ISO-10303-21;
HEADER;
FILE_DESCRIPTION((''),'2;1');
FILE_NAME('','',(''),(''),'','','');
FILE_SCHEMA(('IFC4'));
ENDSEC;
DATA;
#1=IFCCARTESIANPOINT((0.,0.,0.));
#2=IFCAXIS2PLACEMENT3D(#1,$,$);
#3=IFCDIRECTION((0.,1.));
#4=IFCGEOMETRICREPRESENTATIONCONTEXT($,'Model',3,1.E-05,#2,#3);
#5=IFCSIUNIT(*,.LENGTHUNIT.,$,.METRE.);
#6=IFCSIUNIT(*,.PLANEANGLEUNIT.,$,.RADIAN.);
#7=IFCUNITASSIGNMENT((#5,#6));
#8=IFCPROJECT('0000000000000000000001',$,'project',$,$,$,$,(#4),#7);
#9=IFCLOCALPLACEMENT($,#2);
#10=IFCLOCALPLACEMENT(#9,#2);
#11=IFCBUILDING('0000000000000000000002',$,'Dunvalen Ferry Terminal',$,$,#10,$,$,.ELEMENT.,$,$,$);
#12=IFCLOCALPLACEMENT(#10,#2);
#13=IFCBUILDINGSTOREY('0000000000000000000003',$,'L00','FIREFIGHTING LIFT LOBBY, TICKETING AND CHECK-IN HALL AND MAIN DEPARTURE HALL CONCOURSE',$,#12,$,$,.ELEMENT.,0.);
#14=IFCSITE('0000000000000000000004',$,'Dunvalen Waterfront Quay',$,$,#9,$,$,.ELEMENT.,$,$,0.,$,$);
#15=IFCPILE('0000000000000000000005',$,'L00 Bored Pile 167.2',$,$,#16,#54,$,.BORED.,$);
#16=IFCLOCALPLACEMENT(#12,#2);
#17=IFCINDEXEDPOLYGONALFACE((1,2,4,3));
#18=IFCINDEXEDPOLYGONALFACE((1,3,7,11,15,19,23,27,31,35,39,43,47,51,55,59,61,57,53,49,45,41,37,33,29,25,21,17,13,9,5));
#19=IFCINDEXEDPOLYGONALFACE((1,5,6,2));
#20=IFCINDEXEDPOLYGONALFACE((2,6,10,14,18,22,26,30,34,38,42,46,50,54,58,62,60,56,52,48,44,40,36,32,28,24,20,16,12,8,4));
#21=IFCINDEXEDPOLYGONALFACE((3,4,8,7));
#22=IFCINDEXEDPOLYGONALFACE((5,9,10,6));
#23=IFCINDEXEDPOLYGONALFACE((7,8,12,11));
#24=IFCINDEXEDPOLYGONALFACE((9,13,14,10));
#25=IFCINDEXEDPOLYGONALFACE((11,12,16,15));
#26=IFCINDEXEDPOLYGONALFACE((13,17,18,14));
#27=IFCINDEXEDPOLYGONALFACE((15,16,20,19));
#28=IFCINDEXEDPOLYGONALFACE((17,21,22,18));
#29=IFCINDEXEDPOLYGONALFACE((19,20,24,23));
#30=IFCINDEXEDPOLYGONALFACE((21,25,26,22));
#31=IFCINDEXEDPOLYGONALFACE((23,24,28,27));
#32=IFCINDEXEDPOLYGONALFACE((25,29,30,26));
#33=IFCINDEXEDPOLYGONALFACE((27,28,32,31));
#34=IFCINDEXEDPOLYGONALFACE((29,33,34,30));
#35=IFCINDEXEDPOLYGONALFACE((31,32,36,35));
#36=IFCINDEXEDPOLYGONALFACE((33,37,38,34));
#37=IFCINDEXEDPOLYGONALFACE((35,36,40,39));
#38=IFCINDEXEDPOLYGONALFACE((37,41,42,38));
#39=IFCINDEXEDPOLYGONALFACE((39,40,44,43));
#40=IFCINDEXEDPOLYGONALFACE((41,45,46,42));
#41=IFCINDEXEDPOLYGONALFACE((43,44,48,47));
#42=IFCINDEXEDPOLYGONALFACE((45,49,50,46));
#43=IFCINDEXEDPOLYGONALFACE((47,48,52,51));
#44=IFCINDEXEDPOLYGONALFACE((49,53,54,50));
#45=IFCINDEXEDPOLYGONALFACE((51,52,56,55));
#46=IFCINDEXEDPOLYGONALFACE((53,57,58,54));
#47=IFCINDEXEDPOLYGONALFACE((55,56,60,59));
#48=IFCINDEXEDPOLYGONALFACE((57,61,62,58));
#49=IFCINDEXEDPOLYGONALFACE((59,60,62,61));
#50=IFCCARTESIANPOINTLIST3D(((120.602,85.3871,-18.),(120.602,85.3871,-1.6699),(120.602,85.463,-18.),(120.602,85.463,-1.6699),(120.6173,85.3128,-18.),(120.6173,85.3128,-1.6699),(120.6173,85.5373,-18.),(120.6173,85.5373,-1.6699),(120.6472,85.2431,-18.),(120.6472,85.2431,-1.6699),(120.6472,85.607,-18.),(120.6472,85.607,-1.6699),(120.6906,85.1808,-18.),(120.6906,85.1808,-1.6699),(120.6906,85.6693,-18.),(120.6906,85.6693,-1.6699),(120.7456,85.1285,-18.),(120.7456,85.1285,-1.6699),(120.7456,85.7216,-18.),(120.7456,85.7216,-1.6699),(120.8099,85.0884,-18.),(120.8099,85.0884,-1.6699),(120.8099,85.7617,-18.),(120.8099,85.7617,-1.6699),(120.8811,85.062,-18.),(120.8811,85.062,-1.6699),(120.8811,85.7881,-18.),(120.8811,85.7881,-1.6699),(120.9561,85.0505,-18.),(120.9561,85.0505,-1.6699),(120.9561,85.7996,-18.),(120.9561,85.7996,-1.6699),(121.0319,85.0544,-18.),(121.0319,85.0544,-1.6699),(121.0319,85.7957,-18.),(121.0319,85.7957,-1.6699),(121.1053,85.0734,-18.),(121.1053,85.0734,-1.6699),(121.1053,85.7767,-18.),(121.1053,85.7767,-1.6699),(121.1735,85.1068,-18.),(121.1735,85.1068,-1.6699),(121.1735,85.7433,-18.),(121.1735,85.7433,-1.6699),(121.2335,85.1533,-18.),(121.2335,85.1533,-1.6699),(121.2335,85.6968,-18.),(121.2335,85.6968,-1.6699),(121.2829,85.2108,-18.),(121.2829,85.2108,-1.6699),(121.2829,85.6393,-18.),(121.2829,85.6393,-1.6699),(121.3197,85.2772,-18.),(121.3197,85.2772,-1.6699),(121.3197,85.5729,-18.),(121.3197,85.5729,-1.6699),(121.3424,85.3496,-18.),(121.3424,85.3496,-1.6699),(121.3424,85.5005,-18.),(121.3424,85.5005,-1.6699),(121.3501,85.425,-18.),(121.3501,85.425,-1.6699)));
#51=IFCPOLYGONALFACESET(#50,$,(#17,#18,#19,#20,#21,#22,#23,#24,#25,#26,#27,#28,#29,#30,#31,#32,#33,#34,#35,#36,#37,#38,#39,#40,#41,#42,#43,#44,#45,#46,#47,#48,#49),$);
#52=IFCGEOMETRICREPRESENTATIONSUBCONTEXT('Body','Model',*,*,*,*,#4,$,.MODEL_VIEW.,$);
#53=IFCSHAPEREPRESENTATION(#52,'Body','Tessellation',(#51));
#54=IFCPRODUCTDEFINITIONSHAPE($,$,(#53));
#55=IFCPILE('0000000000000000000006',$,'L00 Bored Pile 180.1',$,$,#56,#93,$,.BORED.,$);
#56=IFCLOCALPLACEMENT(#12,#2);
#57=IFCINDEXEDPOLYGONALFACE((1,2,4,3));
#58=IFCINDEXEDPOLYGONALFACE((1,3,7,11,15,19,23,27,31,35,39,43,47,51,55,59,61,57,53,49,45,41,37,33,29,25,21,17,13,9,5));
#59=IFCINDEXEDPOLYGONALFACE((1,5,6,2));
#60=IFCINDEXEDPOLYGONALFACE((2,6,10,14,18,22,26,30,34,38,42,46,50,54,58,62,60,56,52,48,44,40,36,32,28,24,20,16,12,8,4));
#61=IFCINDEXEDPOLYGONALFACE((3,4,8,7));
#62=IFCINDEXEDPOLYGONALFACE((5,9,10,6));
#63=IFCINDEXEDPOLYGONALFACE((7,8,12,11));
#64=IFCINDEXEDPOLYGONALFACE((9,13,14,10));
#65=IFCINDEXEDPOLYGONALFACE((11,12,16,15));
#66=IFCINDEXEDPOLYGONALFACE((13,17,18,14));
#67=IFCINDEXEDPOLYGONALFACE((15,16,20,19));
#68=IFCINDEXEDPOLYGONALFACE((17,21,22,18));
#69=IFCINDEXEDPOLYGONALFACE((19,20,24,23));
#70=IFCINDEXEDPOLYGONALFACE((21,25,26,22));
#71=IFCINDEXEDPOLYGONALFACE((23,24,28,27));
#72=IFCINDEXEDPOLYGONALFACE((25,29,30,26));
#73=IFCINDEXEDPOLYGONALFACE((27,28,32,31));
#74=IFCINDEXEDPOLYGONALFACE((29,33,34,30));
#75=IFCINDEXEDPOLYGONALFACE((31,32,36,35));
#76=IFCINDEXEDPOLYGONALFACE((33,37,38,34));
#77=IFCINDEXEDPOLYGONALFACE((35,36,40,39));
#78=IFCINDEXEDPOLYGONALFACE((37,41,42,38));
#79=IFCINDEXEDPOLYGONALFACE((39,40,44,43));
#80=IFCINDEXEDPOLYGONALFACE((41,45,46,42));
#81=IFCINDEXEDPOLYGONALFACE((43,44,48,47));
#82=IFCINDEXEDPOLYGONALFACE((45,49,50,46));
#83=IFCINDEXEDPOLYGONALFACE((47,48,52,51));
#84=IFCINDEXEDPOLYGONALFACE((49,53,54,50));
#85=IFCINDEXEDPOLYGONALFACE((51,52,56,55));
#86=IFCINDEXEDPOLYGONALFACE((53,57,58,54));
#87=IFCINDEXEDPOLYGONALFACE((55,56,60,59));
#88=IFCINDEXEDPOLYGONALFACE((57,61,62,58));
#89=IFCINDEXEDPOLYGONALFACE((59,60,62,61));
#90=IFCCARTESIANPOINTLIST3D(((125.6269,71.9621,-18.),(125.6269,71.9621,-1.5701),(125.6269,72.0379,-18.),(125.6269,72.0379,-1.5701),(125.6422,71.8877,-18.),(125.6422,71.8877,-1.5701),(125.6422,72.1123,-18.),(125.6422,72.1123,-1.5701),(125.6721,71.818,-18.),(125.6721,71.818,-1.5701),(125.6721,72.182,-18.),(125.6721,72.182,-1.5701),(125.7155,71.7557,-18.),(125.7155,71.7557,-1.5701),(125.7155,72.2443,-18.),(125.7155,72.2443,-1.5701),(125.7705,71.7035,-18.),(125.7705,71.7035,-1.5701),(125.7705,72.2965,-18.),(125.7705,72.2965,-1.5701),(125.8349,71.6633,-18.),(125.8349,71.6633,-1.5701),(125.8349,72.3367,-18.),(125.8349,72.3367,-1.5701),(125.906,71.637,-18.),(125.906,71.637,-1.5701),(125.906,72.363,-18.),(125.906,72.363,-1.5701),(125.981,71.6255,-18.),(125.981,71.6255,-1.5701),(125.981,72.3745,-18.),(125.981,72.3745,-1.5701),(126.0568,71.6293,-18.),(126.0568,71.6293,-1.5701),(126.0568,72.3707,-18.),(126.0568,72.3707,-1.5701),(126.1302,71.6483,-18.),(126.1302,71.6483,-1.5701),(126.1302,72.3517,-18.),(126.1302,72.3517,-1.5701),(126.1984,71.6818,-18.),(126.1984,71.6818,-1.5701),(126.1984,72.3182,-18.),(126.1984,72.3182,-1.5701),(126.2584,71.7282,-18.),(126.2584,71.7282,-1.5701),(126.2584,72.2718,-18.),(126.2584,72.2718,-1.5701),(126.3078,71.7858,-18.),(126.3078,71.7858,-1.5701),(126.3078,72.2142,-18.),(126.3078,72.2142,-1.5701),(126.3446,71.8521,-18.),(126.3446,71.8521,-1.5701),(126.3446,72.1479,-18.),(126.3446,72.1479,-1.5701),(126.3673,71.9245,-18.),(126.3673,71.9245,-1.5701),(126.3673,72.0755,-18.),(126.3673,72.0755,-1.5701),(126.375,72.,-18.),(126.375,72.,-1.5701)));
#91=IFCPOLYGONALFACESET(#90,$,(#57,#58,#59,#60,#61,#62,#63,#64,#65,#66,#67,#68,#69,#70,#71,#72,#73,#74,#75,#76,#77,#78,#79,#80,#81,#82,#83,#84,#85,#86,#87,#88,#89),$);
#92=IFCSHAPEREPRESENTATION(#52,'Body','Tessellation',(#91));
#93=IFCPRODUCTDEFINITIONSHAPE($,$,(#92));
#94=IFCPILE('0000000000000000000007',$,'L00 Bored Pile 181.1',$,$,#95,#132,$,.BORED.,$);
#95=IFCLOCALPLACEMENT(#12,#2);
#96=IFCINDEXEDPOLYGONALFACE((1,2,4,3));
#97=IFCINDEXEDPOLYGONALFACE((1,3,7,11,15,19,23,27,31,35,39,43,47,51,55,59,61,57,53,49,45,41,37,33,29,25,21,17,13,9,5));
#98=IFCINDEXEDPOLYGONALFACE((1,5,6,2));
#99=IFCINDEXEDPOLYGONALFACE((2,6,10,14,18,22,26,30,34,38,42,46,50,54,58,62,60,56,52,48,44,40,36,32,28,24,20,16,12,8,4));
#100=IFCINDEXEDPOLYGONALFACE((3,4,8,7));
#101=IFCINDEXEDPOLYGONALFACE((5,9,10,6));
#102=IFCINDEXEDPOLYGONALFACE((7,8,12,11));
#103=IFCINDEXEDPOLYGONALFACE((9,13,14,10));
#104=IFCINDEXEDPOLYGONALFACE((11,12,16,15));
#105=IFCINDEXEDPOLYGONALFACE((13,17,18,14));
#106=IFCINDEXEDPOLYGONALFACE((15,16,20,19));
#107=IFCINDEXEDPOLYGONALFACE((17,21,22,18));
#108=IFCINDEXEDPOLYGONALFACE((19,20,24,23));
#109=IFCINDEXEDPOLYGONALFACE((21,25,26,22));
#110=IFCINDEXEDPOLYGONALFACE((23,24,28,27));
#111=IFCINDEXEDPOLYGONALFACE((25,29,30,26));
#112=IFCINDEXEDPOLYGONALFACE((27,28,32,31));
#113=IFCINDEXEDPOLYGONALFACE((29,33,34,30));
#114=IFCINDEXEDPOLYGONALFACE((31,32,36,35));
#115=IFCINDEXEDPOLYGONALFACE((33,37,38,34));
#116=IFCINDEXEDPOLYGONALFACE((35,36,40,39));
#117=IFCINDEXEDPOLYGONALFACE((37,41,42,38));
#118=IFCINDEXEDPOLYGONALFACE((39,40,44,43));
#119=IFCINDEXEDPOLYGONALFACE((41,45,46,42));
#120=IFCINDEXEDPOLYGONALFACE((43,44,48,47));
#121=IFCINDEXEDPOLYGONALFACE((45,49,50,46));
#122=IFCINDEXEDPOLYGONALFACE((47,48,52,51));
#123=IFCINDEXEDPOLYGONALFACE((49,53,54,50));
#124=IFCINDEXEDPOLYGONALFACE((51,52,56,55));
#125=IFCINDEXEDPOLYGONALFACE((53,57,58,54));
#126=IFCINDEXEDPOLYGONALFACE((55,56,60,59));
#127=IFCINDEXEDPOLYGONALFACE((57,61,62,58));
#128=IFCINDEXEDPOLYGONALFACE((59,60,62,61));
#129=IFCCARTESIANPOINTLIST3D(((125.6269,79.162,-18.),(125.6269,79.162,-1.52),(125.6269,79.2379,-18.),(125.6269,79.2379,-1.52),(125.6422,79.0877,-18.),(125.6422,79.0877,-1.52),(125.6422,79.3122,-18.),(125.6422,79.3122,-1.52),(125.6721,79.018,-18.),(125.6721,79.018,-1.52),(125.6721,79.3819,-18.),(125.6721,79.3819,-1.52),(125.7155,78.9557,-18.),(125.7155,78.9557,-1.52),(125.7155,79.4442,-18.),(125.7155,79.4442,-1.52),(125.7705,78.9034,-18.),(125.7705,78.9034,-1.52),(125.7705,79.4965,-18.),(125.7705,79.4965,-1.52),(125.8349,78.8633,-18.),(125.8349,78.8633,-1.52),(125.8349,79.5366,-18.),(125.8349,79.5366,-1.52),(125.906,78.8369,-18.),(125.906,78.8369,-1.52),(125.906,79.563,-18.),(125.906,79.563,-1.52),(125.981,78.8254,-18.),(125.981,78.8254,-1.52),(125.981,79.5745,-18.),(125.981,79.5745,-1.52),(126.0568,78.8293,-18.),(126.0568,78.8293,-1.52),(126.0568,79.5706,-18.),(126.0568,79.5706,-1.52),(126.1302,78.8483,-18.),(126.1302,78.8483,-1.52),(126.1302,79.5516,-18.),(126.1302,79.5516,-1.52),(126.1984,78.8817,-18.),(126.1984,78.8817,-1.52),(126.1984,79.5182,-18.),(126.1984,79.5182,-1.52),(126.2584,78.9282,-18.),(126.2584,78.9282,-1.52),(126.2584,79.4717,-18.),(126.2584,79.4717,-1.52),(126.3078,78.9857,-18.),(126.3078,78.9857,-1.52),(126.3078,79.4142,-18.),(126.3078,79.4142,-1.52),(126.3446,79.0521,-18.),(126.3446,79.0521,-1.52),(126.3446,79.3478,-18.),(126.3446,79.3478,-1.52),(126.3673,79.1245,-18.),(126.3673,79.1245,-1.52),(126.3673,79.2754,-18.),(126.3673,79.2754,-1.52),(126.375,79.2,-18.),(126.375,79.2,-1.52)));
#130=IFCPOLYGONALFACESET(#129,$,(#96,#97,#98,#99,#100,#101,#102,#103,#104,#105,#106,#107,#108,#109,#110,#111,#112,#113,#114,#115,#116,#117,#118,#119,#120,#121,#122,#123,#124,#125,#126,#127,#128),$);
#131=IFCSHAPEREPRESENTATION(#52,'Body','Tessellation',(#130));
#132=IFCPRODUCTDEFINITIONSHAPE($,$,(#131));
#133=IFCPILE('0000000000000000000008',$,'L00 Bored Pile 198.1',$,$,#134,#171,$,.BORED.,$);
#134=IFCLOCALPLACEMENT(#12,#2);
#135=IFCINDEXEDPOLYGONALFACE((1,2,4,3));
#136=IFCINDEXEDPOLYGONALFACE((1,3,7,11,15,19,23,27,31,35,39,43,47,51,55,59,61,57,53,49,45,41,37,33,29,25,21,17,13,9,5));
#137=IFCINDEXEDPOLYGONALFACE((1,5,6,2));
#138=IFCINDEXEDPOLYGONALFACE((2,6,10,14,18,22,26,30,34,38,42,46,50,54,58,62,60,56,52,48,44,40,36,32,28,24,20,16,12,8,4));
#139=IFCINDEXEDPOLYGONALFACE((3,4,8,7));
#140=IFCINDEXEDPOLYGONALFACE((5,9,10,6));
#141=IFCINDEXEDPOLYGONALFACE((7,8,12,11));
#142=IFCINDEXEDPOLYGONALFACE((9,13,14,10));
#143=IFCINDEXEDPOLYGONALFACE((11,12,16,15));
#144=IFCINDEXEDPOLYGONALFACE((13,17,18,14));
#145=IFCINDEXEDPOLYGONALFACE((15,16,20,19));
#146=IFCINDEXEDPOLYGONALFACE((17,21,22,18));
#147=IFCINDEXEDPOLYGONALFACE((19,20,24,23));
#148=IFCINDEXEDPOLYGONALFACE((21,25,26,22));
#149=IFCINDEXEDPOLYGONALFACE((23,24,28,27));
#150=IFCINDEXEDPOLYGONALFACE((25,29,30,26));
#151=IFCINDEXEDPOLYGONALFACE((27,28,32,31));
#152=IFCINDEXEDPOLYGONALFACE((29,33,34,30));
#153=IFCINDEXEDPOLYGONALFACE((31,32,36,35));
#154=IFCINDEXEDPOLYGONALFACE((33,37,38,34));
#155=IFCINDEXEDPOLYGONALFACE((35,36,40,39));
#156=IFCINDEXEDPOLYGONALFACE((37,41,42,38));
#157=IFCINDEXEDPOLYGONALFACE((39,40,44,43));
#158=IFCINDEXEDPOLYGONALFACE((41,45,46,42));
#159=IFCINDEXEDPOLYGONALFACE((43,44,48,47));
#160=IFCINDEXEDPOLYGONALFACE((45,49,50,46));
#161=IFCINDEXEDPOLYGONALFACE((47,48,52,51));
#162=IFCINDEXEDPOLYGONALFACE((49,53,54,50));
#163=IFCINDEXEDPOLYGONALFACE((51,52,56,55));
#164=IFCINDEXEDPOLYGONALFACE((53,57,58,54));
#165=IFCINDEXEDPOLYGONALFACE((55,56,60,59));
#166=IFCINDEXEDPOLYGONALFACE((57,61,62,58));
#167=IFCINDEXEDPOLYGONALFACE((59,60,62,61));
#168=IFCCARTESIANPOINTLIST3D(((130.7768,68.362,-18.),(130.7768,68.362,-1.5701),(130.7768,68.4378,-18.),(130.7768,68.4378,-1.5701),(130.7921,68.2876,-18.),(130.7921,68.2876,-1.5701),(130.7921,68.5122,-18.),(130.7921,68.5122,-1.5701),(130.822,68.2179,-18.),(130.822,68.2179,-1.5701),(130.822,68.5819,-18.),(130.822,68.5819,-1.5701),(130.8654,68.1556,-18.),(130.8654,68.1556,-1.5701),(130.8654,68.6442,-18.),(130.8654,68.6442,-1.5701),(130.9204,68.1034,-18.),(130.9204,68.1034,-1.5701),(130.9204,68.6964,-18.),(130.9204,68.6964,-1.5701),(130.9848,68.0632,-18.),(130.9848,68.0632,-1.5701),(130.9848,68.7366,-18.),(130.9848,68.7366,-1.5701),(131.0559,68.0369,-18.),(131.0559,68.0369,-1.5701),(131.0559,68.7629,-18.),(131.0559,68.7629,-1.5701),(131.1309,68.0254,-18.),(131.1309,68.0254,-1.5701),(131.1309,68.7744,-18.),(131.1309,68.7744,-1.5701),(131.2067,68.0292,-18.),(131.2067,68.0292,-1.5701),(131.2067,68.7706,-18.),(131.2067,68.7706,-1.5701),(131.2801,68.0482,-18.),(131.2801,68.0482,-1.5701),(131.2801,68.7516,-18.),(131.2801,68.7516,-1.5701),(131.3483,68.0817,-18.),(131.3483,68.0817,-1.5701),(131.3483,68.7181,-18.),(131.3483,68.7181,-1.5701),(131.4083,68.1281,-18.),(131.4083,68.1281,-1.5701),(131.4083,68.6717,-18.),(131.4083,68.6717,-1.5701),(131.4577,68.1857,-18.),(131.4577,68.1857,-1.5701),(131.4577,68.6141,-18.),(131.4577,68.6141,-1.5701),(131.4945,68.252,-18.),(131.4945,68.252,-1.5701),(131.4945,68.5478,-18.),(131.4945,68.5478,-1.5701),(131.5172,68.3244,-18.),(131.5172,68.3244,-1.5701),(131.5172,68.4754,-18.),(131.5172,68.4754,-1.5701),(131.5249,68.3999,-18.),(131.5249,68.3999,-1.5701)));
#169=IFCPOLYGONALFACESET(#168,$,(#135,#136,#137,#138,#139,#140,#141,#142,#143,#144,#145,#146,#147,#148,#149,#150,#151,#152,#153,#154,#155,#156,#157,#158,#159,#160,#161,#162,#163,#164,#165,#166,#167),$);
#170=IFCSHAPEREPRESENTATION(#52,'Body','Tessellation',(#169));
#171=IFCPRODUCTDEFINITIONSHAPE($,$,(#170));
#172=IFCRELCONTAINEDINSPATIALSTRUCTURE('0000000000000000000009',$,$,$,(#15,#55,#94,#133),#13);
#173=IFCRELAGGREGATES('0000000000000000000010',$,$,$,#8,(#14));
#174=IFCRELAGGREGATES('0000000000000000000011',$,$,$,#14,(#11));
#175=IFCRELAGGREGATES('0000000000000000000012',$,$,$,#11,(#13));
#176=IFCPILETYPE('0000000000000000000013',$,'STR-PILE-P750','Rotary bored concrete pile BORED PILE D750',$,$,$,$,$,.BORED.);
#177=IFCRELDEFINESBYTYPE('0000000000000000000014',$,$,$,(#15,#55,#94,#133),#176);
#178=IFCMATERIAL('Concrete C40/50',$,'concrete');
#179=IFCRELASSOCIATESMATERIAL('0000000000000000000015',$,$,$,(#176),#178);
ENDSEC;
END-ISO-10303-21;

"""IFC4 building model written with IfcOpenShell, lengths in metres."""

from ifc_helpers import new_model, si_unit, direction, frame, origin, origin_2d, place, context, subcontext, project, spatial, circle, extrude, material, material_profile, profile_set, type_object, element, save


model = new_model("IFC4")

# Units and contexts
model_context = context("Model", 3, precision=1e-05, world=origin(), true_north=direction((0.0, 1.0)))
body_context = subcontext(model_context, "Body", "Model", "MODEL_VIEW")
ifc_project = project(units=[si_unit("LENGTHUNIT", "METRE"), si_unit("PLANEANGLEUNIT", "RADIAN")], contexts=[model_context])

# Site, building, storey
site_placement = place(None, origin())
site = spatial("IfcSite", under=ifc_project, at=site_placement, Name="Dunvalen Waterfront Quay", CompositionType="ELEMENT", RefElevation=0.0)
building_placement = place(site_placement, origin())
building = spatial("IfcBuilding", under=site, at=building_placement, Name="Dunvalen Ferry Terminal", CompositionType="ELEMENT")
storey_placement = place(building_placement, origin())
storey = spatial("IfcBuildingStorey", under=building, at=storey_placement, Name="L00", Description="FIREFIGHTING LIFT LOBBY, TICKETING AND CHECK-IN HALL AND MAIN DEPARTURE HALL CONCOURSE", CompositionType="ELEMENT", Elevation=0.0)

# Shared definitions
ifc_material_1 = material(Name="Concrete C40/50", Category="concrete")

# Piles
ifc_material_profile_1 = material_profile(ifc_material_1, circle(Radius=0.375, at=origin_2d()), Name="Concrete C40/50")
ifc_profile_set_1 = profile_set([ifc_material_profile_1], Name="Concrete C40/50")
pile_type = type_object("IfcPileType", Name="STR-PILE-P750", Description="Rotary bored concrete pile BORED PILE D750", PredefinedType="BORED", material=ifc_profile_set_1)
pile_1_placement = place(storey_placement, frame((120.9751, 85.425, -1.6699), z_axis=(0.0, 0.0, -1.0), x_axis=(1.0, 0.0, 0.0)))
element("IfcPile", 1, at=pile_1_placement, inside=storey, type_object=pile_type, Name="L00 Bored Pile 167.2", PredefinedType="BORED", context=body_context, shape_type="SweptSolid", body=[
    extrude(circle(Radius=0.375, at=origin_2d()), origin(), (0.0, 0.0, 1.0), 16.3301),
])
pile_2_placement = place(storey_placement, frame((126.0, 72.0, -1.5701), z_axis=(0.0, 0.0, -1.0), x_axis=(1.0, 0.0, 0.0)))
element("IfcPile", 2, at=pile_2_placement, inside=storey, type_object=pile_type, Name="L00 Bored Pile 180.1", PredefinedType="BORED", context=body_context, shape_type="SweptSolid", body=[
    extrude(circle(Radius=0.375, at=origin_2d()), origin(), (0.0, 0.0, 1.0), 16.4299),
])
pile_3_placement = place(storey_placement, frame((126.0, 79.2, -1.52), z_axis=(0.0, 0.0, -1.0), x_axis=(1.0, 0.0, 0.0)))
element("IfcPile", 3, at=pile_3_placement, inside=storey, type_object=pile_type, Name="L00 Bored Pile 181.1", PredefinedType="BORED", context=body_context, shape_type="SweptSolid", body=[
    extrude(circle(Radius=0.375, at=origin_2d()), origin(), (0.0, 0.0, 1.0), 16.48),
])
pile_4_placement = place(storey_placement, frame((131.1499, 68.3999, -1.5701), z_axis=(0.0, 0.0, -1.0), x_axis=(1.0, 0.0, 0.0)))
element("IfcPile", 4, at=pile_4_placement, inside=storey, type_object=pile_type, Name="L00 Bored Pile 198.1", PredefinedType="BORED", context=body_context, shape_type="SweptSolid", body=[
    extrude(circle(Radius=0.375, at=origin_2d()), origin(), (0.0, 0.0, 1.0), 16.4299),
])

save(model, "model.ifc")
